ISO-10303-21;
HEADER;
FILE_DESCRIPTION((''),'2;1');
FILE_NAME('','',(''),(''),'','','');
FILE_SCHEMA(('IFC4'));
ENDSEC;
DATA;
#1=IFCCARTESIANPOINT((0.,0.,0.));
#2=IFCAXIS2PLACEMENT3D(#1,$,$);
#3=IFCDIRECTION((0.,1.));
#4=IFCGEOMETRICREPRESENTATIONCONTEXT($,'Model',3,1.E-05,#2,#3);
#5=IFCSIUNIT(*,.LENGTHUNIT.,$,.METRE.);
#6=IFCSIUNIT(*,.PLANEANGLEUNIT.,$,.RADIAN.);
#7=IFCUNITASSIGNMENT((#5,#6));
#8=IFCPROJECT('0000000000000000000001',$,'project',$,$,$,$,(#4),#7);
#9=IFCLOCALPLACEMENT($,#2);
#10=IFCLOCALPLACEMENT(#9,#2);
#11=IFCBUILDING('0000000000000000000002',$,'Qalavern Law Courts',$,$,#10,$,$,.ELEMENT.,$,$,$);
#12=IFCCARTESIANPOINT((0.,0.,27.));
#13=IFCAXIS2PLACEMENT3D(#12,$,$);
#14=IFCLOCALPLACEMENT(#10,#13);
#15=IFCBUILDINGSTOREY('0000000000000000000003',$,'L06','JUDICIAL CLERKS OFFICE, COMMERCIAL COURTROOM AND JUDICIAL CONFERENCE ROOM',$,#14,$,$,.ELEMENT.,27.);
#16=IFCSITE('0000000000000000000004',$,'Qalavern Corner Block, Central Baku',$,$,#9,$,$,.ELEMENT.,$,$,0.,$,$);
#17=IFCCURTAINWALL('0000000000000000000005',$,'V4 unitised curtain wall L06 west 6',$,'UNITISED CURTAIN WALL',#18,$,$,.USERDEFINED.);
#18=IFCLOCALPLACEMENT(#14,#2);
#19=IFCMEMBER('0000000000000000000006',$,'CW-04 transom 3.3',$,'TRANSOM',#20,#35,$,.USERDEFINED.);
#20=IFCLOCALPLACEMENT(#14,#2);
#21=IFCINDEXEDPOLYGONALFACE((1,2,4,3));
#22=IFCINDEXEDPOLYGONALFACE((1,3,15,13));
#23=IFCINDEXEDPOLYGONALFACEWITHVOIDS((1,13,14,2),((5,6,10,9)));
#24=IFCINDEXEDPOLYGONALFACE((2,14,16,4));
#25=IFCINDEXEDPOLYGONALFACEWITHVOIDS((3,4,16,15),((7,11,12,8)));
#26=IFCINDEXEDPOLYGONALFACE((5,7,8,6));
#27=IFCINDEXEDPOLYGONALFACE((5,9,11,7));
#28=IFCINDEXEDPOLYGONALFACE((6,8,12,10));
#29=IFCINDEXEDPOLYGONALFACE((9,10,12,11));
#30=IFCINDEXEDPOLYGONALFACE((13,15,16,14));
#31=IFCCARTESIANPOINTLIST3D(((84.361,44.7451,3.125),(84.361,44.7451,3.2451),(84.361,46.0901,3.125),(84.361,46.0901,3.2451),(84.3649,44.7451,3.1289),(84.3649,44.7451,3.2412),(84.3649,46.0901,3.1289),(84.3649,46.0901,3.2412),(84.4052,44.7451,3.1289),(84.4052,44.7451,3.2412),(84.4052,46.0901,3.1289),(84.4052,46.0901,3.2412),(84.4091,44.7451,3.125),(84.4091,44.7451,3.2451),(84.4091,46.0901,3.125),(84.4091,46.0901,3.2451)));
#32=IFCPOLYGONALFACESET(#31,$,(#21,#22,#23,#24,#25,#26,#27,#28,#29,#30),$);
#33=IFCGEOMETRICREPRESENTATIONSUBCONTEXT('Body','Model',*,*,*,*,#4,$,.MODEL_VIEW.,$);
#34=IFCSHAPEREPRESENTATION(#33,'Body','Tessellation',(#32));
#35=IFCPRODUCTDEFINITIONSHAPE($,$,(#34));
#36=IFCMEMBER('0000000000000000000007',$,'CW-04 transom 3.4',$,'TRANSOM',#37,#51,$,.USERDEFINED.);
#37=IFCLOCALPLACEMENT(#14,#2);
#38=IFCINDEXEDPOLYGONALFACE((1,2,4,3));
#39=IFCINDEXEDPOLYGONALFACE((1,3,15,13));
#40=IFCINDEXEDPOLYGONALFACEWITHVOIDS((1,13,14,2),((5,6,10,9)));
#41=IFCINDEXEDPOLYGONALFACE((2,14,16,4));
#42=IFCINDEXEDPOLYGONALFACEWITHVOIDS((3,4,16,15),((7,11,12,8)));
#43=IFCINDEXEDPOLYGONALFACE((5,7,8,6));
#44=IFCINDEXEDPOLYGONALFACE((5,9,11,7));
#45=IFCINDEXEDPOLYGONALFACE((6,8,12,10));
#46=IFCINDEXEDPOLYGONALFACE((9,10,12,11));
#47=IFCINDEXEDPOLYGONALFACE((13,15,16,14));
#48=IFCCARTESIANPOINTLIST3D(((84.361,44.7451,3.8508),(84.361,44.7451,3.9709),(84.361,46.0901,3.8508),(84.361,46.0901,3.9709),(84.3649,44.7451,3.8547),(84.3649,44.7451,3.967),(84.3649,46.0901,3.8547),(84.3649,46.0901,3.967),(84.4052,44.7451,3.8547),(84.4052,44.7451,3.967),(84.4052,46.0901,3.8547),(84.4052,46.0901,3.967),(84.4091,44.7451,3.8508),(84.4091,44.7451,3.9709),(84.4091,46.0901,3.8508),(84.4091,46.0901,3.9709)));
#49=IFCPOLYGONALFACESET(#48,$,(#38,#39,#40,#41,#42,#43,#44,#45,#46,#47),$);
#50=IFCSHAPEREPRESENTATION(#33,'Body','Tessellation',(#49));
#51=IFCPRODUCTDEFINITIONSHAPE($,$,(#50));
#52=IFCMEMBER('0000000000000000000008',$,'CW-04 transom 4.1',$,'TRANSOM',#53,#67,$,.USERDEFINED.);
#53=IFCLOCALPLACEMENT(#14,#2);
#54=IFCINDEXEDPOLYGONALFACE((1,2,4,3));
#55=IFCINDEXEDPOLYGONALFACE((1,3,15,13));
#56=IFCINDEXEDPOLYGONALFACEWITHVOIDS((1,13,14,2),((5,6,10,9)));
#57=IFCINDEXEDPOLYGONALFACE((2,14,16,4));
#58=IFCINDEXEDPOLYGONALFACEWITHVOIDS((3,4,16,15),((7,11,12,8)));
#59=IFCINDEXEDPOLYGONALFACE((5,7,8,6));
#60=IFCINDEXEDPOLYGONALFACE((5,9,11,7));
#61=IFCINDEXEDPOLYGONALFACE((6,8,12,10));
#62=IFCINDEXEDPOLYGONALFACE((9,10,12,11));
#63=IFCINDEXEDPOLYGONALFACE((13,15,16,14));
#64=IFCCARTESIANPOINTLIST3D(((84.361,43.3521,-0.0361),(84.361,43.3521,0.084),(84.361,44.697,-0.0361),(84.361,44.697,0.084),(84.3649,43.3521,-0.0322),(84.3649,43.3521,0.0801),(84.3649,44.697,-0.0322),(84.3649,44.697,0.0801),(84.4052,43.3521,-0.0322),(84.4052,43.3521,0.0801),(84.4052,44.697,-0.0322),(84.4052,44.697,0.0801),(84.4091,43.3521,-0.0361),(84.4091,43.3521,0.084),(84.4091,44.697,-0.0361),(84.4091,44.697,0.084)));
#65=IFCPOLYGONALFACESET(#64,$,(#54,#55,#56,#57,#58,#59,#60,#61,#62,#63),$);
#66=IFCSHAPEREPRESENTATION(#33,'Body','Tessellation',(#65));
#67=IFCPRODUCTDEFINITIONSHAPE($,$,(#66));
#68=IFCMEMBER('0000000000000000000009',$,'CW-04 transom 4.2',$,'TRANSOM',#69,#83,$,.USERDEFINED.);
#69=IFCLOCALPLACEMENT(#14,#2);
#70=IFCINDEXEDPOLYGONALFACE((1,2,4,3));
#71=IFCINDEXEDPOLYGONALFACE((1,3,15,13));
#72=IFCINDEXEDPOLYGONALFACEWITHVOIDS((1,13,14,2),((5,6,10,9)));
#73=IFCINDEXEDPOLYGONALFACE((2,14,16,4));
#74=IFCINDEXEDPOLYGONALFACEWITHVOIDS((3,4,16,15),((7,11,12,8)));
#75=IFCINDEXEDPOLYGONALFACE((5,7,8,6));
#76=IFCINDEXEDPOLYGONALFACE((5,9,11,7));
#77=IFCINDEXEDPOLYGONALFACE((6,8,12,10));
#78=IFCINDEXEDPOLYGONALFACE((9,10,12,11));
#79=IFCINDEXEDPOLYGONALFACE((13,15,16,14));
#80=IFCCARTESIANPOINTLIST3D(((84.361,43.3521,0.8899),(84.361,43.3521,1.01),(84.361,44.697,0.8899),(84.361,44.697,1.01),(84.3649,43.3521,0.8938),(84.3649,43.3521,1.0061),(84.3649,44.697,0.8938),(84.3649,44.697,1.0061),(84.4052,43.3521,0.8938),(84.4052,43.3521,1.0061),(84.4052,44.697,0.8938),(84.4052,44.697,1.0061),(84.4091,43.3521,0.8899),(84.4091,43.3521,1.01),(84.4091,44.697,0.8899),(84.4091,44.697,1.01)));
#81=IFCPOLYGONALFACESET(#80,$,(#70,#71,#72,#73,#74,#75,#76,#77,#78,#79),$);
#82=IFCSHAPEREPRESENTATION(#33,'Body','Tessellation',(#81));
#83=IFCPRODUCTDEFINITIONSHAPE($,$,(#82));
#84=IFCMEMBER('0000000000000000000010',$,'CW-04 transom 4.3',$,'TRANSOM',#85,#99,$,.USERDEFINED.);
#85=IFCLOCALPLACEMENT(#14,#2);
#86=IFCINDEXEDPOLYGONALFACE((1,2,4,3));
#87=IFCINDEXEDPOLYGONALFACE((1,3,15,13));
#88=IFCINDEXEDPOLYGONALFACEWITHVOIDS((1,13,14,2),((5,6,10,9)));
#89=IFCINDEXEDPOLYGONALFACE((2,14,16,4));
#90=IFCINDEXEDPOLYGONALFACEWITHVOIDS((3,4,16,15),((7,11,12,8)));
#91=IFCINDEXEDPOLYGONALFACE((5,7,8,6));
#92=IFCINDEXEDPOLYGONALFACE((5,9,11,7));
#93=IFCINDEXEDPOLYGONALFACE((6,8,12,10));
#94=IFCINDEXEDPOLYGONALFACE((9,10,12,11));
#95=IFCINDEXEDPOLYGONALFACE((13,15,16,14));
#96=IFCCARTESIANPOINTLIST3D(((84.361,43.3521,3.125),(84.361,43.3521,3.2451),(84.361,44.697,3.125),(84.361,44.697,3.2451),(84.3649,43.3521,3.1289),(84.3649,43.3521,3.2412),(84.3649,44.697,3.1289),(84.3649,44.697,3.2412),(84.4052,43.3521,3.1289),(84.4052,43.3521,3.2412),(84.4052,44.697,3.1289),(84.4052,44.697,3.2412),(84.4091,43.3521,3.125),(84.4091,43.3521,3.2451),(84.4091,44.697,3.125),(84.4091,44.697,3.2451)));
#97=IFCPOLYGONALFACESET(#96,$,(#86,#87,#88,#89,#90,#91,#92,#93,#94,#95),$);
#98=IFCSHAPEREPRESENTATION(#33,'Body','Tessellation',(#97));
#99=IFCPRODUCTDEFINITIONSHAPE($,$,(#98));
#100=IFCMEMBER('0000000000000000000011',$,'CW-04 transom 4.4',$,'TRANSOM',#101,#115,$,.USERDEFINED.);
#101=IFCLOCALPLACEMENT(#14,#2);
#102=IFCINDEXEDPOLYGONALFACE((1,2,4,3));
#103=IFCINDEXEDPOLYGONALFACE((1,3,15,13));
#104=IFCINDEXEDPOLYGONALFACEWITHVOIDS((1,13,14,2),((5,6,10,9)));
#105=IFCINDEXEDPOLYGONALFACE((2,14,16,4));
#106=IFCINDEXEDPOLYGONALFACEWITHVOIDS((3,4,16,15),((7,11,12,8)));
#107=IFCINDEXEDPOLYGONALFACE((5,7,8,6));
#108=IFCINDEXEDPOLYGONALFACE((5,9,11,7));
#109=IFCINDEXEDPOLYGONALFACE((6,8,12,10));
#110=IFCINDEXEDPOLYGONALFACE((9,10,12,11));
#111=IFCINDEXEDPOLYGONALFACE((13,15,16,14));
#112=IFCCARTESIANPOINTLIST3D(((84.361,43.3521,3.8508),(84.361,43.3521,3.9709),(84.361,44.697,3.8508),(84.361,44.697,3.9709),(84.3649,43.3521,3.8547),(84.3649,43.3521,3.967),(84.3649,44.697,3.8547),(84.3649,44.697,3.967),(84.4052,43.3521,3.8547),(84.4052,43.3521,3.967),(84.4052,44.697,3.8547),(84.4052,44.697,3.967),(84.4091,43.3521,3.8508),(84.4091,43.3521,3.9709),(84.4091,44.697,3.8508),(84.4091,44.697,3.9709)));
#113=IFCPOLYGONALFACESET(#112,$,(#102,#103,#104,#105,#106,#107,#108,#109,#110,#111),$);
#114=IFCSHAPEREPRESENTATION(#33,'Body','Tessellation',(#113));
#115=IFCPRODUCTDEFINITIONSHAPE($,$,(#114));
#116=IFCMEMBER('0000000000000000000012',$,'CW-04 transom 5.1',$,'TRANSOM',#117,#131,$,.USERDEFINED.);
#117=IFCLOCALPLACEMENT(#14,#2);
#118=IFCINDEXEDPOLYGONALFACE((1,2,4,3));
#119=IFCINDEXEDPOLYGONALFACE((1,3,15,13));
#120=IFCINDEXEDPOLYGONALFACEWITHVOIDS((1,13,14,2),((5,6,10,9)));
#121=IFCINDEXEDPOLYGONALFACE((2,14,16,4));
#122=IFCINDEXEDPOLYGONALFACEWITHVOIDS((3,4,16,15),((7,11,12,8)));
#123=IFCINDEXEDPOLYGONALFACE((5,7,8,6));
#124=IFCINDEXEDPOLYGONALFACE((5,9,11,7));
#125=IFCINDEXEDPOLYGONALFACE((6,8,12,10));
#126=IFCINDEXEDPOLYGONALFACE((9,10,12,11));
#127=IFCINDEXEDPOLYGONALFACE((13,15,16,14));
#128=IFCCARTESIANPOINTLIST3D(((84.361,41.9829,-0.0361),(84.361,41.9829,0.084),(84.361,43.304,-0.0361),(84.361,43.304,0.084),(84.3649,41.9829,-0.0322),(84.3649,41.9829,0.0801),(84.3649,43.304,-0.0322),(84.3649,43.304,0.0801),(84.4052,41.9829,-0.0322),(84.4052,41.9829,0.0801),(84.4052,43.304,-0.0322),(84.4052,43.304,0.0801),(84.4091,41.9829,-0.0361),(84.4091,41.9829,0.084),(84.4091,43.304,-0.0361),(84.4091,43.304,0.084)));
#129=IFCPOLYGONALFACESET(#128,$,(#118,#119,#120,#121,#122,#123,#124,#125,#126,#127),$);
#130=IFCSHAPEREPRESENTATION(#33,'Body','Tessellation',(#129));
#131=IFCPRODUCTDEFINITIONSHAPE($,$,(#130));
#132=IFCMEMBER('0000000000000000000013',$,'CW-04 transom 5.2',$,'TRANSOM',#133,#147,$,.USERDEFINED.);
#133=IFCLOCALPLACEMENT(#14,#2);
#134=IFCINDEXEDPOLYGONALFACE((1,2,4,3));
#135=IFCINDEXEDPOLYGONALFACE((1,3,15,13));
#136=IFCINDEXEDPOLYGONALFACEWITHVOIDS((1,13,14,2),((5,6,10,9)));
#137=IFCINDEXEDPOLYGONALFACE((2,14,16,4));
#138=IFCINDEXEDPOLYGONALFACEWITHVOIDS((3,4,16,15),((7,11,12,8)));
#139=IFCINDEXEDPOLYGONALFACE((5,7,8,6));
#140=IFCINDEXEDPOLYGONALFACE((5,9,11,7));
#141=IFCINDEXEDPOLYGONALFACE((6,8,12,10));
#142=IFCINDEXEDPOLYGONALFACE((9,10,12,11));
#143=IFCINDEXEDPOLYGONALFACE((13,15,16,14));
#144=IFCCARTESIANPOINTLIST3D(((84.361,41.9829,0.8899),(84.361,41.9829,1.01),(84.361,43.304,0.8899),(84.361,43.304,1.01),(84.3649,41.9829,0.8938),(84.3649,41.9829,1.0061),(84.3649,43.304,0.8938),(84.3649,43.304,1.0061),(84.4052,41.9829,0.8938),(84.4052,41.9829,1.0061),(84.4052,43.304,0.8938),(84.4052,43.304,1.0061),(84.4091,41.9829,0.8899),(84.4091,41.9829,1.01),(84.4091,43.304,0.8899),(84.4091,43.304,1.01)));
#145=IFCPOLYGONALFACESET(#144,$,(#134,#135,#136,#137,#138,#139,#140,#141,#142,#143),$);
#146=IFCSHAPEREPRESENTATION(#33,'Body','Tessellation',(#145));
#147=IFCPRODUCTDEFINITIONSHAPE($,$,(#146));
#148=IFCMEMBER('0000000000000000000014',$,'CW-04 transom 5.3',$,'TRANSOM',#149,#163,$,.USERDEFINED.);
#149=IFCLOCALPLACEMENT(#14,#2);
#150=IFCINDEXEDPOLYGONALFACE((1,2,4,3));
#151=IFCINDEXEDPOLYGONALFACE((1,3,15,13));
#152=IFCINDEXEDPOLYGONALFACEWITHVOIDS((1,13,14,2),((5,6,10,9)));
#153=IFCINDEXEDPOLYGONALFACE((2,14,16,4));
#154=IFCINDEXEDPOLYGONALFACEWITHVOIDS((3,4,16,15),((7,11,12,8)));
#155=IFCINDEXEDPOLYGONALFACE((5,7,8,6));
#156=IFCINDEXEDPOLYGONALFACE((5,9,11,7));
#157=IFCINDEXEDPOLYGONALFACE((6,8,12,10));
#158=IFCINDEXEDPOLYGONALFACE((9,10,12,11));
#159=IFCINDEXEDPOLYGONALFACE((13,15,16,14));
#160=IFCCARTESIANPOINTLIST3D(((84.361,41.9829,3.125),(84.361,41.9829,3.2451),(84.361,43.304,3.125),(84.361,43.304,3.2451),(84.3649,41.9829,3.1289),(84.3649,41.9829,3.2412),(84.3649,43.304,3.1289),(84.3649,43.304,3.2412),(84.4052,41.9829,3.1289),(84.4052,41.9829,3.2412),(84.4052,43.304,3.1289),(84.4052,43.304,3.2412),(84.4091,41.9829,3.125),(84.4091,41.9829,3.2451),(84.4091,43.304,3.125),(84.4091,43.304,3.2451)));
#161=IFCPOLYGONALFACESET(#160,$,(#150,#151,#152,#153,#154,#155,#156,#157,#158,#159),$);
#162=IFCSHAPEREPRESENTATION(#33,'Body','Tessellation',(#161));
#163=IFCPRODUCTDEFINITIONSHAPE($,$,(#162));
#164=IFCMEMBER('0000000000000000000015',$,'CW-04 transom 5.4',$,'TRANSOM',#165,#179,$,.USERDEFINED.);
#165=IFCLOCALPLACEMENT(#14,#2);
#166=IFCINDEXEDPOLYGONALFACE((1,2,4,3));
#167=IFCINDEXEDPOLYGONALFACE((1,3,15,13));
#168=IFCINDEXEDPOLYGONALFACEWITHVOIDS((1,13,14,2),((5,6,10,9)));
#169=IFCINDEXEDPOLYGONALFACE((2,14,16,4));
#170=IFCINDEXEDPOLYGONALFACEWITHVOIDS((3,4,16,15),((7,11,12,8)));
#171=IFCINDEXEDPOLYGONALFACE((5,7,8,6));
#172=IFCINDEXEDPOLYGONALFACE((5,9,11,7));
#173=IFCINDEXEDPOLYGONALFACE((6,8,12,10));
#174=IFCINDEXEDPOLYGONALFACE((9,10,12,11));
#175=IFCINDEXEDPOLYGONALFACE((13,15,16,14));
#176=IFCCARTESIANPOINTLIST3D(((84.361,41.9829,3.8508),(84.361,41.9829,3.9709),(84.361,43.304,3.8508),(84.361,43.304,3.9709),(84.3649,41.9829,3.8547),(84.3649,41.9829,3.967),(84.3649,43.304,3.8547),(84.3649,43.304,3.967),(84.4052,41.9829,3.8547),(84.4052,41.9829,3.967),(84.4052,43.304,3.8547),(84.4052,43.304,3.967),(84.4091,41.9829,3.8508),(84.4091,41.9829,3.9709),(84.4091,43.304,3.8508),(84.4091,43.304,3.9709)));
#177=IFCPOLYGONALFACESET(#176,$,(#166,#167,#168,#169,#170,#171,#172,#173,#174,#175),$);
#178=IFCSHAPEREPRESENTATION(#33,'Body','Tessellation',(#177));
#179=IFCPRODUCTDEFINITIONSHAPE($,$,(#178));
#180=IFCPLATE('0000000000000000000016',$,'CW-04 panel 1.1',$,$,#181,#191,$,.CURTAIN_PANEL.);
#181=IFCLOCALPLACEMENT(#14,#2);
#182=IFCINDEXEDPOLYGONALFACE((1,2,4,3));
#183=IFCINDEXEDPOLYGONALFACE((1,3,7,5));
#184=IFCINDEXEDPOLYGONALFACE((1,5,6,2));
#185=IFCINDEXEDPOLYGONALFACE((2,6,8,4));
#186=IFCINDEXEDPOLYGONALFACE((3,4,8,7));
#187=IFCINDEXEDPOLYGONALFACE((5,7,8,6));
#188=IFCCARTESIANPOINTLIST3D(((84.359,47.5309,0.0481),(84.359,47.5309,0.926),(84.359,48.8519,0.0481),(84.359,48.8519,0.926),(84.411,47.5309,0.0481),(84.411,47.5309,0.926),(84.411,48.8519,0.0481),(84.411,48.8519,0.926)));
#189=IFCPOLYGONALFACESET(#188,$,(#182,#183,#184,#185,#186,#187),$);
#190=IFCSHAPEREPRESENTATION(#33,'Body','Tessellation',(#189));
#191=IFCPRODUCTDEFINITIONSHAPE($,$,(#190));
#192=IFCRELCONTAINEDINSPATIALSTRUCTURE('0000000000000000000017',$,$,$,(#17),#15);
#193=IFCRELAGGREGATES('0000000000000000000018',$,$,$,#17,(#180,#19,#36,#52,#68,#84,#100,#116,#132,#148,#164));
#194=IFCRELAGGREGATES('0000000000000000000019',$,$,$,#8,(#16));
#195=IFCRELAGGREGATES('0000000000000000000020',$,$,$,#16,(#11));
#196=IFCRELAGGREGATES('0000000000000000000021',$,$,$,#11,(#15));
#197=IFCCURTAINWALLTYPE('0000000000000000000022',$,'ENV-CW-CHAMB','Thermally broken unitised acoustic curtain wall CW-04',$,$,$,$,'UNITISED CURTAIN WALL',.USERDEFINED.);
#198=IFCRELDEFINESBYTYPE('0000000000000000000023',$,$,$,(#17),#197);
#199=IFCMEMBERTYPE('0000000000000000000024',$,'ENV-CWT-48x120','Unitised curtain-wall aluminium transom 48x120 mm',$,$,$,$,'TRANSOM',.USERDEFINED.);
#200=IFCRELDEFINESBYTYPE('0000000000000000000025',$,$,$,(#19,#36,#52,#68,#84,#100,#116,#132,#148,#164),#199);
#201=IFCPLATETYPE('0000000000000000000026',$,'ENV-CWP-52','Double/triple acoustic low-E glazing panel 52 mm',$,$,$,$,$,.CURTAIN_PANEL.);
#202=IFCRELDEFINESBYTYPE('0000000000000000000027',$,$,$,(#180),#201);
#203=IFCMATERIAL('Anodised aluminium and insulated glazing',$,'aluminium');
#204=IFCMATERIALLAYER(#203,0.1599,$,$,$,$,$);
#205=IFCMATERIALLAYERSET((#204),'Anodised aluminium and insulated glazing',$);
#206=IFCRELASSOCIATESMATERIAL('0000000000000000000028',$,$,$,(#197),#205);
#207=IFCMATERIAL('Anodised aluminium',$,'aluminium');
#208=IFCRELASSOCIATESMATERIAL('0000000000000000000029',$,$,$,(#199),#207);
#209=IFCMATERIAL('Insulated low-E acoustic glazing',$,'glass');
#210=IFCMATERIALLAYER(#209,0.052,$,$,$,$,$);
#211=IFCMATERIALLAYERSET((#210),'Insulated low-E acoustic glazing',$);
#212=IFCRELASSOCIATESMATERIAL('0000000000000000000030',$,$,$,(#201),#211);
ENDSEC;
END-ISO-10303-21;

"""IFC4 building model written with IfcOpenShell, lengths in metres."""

from ifc_helpers import new_model, si_unit, direction, frame, origin, origin_2d, place, context, subcontext, project, spatial, rectangle, hollow_rectangle, extrude, material, layer, layer_set, material_profile, profile_set, type_object, element, aggregate, save


model = new_model("IFC4")

# Units and contexts
model_context = context("Model", 3, precision=1e-05, world=origin(), true_north=direction((0.0, 1.0)))
body_context = subcontext(model_context, "Body", "Model", "MODEL_VIEW")
ifc_project = project(units=[si_unit("LENGTHUNIT", "METRE"), si_unit("PLANEANGLEUNIT", "RADIAN")], contexts=[model_context])

# Site, building, storey
site_placement = place(None, origin())
site = spatial("IfcSite", under=ifc_project, at=site_placement, Name="Qalavern Corner Block, Central Baku", CompositionType="ELEMENT", RefElevation=0.0)
building_placement = place(site_placement, origin())
building = spatial("IfcBuilding", under=site, at=building_placement, Name="Qalavern Law Courts", CompositionType="ELEMENT")
storey_placement = place(building_placement, frame((0.0, 0.0, 27.0)))
storey = spatial("IfcBuildingStorey", under=building, at=storey_placement, Name="L06", Description="JUDICIAL CLERKS OFFICE, COMMERCIAL COURTROOM AND JUDICIAL CONFERENCE ROOM", CompositionType="ELEMENT", Elevation=27.0)

# Curtain wall, members, plate
ifc_material_1 = material(Name="Anodised aluminium and insulated glazing", Category="aluminium")
ifc_layer_1 = layer(ifc_material_1, 0.1599)
ifc_layer_set_1 = layer_set([ifc_layer_1], Name="Anodised aluminium and insulated glazing")
curtain_wall_type = type_object("IfcCurtainWallType", Name="ENV-CW-CHAMB", Description="Thermally broken unitised acoustic curtain wall CW-04", ElementType="UNITISED CURTAIN WALL", PredefinedType="USERDEFINED", material=ifc_layer_set_1)
curtain_wall_placement = place(storey_placement, origin())
curtain_wall = element("IfcCurtainWall", 1, at=curtain_wall_placement, inside=storey, type_object=curtain_wall_type, Name="V4 unitised curtain wall L06 west 6", ObjectType="UNITISED CURTAIN WALL", PredefinedType="USERDEFINED")
ifc_material_2 = material(Name="Anodised aluminium", Category="aluminium")
ifc_material_profile_1 = material_profile(ifc_material_2, hollow_rectangle(XDim=0.0481, YDim=0.1201, WallThickness=0.0039, at=origin_2d()), Name="ALU TRANSOM 48x120")
ifc_profile_set_1 = profile_set([ifc_material_profile_1], Name="Anodised aluminium")
member_type_1 = type_object("IfcMemberType", Name="ENV-CWT-48x120", Description="Unitised curtain-wall aluminium transom 48x120 mm", ElementType="TRANSOM", PredefinedType="USERDEFINED", material=ifc_profile_set_1)
member_1_placement = place(storey_placement, frame((84.385, 46.0901, 3.1851), z_axis=(0.0, -1.0, 0.0), x_axis=(1.0, 0.0, 0.0)))
member_1 = element("IfcMember", 2, at=member_1_placement, type_object=member_type_1, Name="CW-04 transom 3.3", ObjectType="TRANSOM", PredefinedType="USERDEFINED", context=body_context, shape_type="SweptSolid", body=[
    extrude(hollow_rectangle(XDim=0.0481, YDim=0.1201, WallThickness=0.0039, at=origin_2d()), origin(), (0.0, 0.0, 1.0), 1.345),
])
member_2_placement = place(storey_placement, frame((84.385, 46.0901, 3.9109), z_axis=(0.0, -1.0, 0.0), x_axis=(1.0, 0.0, 0.0)))
member_2 = element("IfcMember", 3, at=member_2_placement, type_object=member_type_1, Name="CW-04 transom 3.4", ObjectType="TRANSOM", PredefinedType="USERDEFINED", context=body_context, shape_type="SweptSolid", body=[
    extrude(hollow_rectangle(XDim=0.0481, YDim=0.1201, WallThickness=0.0039, at=origin_2d()), origin(), (0.0, 0.0, 1.0), 1.345),
])
member_3_placement = place(storey_placement, frame((84.385, 44.697, 0.0239), z_axis=(0.0, -1.0, 0.0), x_axis=(1.0, 0.0, 0.0)))
member_3 = element("IfcMember", 4, at=member_3_placement, type_object=member_type_1, Name="CW-04 transom 4.1", ObjectType="TRANSOM", PredefinedType="USERDEFINED", context=body_context, shape_type="SweptSolid", body=[
    extrude(hollow_rectangle(XDim=0.0481, YDim=0.1201, WallThickness=0.0039, at=origin_2d()), origin(), (0.0, 0.0, 1.0), 1.345),
])
member_4_placement = place(storey_placement, frame((84.385, 44.697, 0.95), z_axis=(0.0, -1.0, 0.0), x_axis=(1.0, 0.0, 0.0)))
member_4 = element("IfcMember", 5, at=member_4_placement, type_object=member_type_1, Name="CW-04 transom 4.2", ObjectType="TRANSOM", PredefinedType="USERDEFINED", context=body_context, shape_type="SweptSolid", body=[
    extrude(hollow_rectangle(XDim=0.0481, YDim=0.1201, WallThickness=0.0039, at=origin_2d()), origin(), (0.0, 0.0, 1.0), 1.345),
])
member_5_placement = place(storey_placement, frame((84.385, 44.697, 3.1851), z_axis=(0.0, -1.0, 0.0), x_axis=(1.0, 0.0, 0.0)))
member_5 = element("IfcMember", 6, at=member_5_placement, type_object=member_type_1, Name="CW-04 transom 4.3", ObjectType="TRANSOM", PredefinedType="USERDEFINED", context=body_context, shape_type="SweptSolid", body=[
    extrude(hollow_rectangle(XDim=0.0481, YDim=0.1201, WallThickness=0.0039, at=origin_2d()), origin(), (0.0, 0.0, 1.0), 1.345),
])
member_6_placement = place(storey_placement, frame((84.385, 44.697, 3.9109), z_axis=(0.0, -1.0, 0.0), x_axis=(1.0, 0.0, 0.0)))
member_6 = element("IfcMember", 7, at=member_6_placement, type_object=member_type_1, Name="CW-04 transom 4.4", ObjectType="TRANSOM", PredefinedType="USERDEFINED", context=body_context, shape_type="SweptSolid", body=[
    extrude(hollow_rectangle(XDim=0.0481, YDim=0.1201, WallThickness=0.0039, at=origin_2d()), origin(), (0.0, 0.0, 1.0), 1.345),
])
member_7_placement = place(storey_placement, frame((84.385, 43.304, 0.0239), z_axis=(0.0, -1.0, 0.0), x_axis=(1.0, 0.0, 0.0)))
member_7 = element("IfcMember", 8, at=member_7_placement, type_object=member_type_1, Name="CW-04 transom 5.1", ObjectType="TRANSOM", PredefinedType="USERDEFINED", context=body_context, shape_type="SweptSolid", body=[
    extrude(hollow_rectangle(XDim=0.0481, YDim=0.1201, WallThickness=0.0039, at=origin_2d()), origin(), (0.0, 0.0, 1.0), 1.321),
])
member_8_placement = place(storey_placement, frame((84.385, 43.304, 0.95), z_axis=(0.0, -1.0, 0.0), x_axis=(1.0, 0.0, 0.0)))
member_8 = element("IfcMember", 9, at=member_8_placement, type_object=member_type_1, Name="CW-04 transom 5.2", ObjectType="TRANSOM", PredefinedType="USERDEFINED", context=body_context, shape_type="SweptSolid", body=[
    extrude(hollow_rectangle(XDim=0.0481, YDim=0.1201, WallThickness=0.0039, at=origin_2d()), origin(), (0.0, 0.0, 1.0), 1.321),
])
member_9_placement = place(storey_placement, frame((84.385, 43.304, 3.1851), z_axis=(0.0, -1.0, 0.0), x_axis=(1.0, 0.0, 0.0)))
member_9 = element("IfcMember", 10, at=member_9_placement, type_object=member_type_1, Name="CW-04 transom 5.3", ObjectType="TRANSOM", PredefinedType="USERDEFINED", context=body_context, shape_type="SweptSolid", body=[
    extrude(hollow_rectangle(XDim=0.0481, YDim=0.1201, WallThickness=0.0039, at=origin_2d()), origin(), (0.0, 0.0, 1.0), 1.321),
])
member_10_placement = place(storey_placement, frame((84.385, 43.304, 3.9109), z_axis=(0.0, -1.0, 0.0), x_axis=(1.0, 0.0, 0.0)))
member_10 = element("IfcMember", 11, at=member_10_placement, type_object=member_type_1, Name="CW-04 transom 5.4", ObjectType="TRANSOM", PredefinedType="USERDEFINED", context=body_context, shape_type="SweptSolid", body=[
    extrude(hollow_rectangle(XDim=0.0481, YDim=0.1201, WallThickness=0.0039, at=origin_2d()), origin(), (0.0, 0.0, 1.0), 1.321),
])
ifc_material_3 = material(Name="Insulated low-E acoustic glazing", Category="glass")
ifc_layer_2 = layer(ifc_material_3, 0.052)
ifc_layer_set_2 = layer_set([ifc_layer_2], Name="Insulated low-E acoustic glazing")
plate_type = type_object("IfcPlateType", Name="ENV-CWP-52", Description="Double/triple acoustic low-E glazing panel 52 mm", PredefinedType="CURTAIN_PANEL", material=ifc_layer_set_2)
plate_1_placement = place(storey_placement, frame((84.385, 48.1914, 0.0481), z_axis=(0.0, 0.0, 1.0), x_axis=(0.0, -1.0, 0.0)))
plate_1 = element("IfcPlate", 12, at=plate_1_placement, type_object=plate_type, Name="CW-04 panel 1.1", PredefinedType="CURTAIN_PANEL", context=body_context, shape_type="SweptSolid", body=[
    extrude(rectangle(XDim=1.321, YDim=0.052, at=origin_2d()), origin(), (0.0, 0.0, 1.0), 0.8779),
])
aggregate(curtain_wall, [plate_1, member_1, member_2, member_3, member_4, member_5, member_6, member_7, member_8, member_9, member_10])

save(model, "model.ifc")
